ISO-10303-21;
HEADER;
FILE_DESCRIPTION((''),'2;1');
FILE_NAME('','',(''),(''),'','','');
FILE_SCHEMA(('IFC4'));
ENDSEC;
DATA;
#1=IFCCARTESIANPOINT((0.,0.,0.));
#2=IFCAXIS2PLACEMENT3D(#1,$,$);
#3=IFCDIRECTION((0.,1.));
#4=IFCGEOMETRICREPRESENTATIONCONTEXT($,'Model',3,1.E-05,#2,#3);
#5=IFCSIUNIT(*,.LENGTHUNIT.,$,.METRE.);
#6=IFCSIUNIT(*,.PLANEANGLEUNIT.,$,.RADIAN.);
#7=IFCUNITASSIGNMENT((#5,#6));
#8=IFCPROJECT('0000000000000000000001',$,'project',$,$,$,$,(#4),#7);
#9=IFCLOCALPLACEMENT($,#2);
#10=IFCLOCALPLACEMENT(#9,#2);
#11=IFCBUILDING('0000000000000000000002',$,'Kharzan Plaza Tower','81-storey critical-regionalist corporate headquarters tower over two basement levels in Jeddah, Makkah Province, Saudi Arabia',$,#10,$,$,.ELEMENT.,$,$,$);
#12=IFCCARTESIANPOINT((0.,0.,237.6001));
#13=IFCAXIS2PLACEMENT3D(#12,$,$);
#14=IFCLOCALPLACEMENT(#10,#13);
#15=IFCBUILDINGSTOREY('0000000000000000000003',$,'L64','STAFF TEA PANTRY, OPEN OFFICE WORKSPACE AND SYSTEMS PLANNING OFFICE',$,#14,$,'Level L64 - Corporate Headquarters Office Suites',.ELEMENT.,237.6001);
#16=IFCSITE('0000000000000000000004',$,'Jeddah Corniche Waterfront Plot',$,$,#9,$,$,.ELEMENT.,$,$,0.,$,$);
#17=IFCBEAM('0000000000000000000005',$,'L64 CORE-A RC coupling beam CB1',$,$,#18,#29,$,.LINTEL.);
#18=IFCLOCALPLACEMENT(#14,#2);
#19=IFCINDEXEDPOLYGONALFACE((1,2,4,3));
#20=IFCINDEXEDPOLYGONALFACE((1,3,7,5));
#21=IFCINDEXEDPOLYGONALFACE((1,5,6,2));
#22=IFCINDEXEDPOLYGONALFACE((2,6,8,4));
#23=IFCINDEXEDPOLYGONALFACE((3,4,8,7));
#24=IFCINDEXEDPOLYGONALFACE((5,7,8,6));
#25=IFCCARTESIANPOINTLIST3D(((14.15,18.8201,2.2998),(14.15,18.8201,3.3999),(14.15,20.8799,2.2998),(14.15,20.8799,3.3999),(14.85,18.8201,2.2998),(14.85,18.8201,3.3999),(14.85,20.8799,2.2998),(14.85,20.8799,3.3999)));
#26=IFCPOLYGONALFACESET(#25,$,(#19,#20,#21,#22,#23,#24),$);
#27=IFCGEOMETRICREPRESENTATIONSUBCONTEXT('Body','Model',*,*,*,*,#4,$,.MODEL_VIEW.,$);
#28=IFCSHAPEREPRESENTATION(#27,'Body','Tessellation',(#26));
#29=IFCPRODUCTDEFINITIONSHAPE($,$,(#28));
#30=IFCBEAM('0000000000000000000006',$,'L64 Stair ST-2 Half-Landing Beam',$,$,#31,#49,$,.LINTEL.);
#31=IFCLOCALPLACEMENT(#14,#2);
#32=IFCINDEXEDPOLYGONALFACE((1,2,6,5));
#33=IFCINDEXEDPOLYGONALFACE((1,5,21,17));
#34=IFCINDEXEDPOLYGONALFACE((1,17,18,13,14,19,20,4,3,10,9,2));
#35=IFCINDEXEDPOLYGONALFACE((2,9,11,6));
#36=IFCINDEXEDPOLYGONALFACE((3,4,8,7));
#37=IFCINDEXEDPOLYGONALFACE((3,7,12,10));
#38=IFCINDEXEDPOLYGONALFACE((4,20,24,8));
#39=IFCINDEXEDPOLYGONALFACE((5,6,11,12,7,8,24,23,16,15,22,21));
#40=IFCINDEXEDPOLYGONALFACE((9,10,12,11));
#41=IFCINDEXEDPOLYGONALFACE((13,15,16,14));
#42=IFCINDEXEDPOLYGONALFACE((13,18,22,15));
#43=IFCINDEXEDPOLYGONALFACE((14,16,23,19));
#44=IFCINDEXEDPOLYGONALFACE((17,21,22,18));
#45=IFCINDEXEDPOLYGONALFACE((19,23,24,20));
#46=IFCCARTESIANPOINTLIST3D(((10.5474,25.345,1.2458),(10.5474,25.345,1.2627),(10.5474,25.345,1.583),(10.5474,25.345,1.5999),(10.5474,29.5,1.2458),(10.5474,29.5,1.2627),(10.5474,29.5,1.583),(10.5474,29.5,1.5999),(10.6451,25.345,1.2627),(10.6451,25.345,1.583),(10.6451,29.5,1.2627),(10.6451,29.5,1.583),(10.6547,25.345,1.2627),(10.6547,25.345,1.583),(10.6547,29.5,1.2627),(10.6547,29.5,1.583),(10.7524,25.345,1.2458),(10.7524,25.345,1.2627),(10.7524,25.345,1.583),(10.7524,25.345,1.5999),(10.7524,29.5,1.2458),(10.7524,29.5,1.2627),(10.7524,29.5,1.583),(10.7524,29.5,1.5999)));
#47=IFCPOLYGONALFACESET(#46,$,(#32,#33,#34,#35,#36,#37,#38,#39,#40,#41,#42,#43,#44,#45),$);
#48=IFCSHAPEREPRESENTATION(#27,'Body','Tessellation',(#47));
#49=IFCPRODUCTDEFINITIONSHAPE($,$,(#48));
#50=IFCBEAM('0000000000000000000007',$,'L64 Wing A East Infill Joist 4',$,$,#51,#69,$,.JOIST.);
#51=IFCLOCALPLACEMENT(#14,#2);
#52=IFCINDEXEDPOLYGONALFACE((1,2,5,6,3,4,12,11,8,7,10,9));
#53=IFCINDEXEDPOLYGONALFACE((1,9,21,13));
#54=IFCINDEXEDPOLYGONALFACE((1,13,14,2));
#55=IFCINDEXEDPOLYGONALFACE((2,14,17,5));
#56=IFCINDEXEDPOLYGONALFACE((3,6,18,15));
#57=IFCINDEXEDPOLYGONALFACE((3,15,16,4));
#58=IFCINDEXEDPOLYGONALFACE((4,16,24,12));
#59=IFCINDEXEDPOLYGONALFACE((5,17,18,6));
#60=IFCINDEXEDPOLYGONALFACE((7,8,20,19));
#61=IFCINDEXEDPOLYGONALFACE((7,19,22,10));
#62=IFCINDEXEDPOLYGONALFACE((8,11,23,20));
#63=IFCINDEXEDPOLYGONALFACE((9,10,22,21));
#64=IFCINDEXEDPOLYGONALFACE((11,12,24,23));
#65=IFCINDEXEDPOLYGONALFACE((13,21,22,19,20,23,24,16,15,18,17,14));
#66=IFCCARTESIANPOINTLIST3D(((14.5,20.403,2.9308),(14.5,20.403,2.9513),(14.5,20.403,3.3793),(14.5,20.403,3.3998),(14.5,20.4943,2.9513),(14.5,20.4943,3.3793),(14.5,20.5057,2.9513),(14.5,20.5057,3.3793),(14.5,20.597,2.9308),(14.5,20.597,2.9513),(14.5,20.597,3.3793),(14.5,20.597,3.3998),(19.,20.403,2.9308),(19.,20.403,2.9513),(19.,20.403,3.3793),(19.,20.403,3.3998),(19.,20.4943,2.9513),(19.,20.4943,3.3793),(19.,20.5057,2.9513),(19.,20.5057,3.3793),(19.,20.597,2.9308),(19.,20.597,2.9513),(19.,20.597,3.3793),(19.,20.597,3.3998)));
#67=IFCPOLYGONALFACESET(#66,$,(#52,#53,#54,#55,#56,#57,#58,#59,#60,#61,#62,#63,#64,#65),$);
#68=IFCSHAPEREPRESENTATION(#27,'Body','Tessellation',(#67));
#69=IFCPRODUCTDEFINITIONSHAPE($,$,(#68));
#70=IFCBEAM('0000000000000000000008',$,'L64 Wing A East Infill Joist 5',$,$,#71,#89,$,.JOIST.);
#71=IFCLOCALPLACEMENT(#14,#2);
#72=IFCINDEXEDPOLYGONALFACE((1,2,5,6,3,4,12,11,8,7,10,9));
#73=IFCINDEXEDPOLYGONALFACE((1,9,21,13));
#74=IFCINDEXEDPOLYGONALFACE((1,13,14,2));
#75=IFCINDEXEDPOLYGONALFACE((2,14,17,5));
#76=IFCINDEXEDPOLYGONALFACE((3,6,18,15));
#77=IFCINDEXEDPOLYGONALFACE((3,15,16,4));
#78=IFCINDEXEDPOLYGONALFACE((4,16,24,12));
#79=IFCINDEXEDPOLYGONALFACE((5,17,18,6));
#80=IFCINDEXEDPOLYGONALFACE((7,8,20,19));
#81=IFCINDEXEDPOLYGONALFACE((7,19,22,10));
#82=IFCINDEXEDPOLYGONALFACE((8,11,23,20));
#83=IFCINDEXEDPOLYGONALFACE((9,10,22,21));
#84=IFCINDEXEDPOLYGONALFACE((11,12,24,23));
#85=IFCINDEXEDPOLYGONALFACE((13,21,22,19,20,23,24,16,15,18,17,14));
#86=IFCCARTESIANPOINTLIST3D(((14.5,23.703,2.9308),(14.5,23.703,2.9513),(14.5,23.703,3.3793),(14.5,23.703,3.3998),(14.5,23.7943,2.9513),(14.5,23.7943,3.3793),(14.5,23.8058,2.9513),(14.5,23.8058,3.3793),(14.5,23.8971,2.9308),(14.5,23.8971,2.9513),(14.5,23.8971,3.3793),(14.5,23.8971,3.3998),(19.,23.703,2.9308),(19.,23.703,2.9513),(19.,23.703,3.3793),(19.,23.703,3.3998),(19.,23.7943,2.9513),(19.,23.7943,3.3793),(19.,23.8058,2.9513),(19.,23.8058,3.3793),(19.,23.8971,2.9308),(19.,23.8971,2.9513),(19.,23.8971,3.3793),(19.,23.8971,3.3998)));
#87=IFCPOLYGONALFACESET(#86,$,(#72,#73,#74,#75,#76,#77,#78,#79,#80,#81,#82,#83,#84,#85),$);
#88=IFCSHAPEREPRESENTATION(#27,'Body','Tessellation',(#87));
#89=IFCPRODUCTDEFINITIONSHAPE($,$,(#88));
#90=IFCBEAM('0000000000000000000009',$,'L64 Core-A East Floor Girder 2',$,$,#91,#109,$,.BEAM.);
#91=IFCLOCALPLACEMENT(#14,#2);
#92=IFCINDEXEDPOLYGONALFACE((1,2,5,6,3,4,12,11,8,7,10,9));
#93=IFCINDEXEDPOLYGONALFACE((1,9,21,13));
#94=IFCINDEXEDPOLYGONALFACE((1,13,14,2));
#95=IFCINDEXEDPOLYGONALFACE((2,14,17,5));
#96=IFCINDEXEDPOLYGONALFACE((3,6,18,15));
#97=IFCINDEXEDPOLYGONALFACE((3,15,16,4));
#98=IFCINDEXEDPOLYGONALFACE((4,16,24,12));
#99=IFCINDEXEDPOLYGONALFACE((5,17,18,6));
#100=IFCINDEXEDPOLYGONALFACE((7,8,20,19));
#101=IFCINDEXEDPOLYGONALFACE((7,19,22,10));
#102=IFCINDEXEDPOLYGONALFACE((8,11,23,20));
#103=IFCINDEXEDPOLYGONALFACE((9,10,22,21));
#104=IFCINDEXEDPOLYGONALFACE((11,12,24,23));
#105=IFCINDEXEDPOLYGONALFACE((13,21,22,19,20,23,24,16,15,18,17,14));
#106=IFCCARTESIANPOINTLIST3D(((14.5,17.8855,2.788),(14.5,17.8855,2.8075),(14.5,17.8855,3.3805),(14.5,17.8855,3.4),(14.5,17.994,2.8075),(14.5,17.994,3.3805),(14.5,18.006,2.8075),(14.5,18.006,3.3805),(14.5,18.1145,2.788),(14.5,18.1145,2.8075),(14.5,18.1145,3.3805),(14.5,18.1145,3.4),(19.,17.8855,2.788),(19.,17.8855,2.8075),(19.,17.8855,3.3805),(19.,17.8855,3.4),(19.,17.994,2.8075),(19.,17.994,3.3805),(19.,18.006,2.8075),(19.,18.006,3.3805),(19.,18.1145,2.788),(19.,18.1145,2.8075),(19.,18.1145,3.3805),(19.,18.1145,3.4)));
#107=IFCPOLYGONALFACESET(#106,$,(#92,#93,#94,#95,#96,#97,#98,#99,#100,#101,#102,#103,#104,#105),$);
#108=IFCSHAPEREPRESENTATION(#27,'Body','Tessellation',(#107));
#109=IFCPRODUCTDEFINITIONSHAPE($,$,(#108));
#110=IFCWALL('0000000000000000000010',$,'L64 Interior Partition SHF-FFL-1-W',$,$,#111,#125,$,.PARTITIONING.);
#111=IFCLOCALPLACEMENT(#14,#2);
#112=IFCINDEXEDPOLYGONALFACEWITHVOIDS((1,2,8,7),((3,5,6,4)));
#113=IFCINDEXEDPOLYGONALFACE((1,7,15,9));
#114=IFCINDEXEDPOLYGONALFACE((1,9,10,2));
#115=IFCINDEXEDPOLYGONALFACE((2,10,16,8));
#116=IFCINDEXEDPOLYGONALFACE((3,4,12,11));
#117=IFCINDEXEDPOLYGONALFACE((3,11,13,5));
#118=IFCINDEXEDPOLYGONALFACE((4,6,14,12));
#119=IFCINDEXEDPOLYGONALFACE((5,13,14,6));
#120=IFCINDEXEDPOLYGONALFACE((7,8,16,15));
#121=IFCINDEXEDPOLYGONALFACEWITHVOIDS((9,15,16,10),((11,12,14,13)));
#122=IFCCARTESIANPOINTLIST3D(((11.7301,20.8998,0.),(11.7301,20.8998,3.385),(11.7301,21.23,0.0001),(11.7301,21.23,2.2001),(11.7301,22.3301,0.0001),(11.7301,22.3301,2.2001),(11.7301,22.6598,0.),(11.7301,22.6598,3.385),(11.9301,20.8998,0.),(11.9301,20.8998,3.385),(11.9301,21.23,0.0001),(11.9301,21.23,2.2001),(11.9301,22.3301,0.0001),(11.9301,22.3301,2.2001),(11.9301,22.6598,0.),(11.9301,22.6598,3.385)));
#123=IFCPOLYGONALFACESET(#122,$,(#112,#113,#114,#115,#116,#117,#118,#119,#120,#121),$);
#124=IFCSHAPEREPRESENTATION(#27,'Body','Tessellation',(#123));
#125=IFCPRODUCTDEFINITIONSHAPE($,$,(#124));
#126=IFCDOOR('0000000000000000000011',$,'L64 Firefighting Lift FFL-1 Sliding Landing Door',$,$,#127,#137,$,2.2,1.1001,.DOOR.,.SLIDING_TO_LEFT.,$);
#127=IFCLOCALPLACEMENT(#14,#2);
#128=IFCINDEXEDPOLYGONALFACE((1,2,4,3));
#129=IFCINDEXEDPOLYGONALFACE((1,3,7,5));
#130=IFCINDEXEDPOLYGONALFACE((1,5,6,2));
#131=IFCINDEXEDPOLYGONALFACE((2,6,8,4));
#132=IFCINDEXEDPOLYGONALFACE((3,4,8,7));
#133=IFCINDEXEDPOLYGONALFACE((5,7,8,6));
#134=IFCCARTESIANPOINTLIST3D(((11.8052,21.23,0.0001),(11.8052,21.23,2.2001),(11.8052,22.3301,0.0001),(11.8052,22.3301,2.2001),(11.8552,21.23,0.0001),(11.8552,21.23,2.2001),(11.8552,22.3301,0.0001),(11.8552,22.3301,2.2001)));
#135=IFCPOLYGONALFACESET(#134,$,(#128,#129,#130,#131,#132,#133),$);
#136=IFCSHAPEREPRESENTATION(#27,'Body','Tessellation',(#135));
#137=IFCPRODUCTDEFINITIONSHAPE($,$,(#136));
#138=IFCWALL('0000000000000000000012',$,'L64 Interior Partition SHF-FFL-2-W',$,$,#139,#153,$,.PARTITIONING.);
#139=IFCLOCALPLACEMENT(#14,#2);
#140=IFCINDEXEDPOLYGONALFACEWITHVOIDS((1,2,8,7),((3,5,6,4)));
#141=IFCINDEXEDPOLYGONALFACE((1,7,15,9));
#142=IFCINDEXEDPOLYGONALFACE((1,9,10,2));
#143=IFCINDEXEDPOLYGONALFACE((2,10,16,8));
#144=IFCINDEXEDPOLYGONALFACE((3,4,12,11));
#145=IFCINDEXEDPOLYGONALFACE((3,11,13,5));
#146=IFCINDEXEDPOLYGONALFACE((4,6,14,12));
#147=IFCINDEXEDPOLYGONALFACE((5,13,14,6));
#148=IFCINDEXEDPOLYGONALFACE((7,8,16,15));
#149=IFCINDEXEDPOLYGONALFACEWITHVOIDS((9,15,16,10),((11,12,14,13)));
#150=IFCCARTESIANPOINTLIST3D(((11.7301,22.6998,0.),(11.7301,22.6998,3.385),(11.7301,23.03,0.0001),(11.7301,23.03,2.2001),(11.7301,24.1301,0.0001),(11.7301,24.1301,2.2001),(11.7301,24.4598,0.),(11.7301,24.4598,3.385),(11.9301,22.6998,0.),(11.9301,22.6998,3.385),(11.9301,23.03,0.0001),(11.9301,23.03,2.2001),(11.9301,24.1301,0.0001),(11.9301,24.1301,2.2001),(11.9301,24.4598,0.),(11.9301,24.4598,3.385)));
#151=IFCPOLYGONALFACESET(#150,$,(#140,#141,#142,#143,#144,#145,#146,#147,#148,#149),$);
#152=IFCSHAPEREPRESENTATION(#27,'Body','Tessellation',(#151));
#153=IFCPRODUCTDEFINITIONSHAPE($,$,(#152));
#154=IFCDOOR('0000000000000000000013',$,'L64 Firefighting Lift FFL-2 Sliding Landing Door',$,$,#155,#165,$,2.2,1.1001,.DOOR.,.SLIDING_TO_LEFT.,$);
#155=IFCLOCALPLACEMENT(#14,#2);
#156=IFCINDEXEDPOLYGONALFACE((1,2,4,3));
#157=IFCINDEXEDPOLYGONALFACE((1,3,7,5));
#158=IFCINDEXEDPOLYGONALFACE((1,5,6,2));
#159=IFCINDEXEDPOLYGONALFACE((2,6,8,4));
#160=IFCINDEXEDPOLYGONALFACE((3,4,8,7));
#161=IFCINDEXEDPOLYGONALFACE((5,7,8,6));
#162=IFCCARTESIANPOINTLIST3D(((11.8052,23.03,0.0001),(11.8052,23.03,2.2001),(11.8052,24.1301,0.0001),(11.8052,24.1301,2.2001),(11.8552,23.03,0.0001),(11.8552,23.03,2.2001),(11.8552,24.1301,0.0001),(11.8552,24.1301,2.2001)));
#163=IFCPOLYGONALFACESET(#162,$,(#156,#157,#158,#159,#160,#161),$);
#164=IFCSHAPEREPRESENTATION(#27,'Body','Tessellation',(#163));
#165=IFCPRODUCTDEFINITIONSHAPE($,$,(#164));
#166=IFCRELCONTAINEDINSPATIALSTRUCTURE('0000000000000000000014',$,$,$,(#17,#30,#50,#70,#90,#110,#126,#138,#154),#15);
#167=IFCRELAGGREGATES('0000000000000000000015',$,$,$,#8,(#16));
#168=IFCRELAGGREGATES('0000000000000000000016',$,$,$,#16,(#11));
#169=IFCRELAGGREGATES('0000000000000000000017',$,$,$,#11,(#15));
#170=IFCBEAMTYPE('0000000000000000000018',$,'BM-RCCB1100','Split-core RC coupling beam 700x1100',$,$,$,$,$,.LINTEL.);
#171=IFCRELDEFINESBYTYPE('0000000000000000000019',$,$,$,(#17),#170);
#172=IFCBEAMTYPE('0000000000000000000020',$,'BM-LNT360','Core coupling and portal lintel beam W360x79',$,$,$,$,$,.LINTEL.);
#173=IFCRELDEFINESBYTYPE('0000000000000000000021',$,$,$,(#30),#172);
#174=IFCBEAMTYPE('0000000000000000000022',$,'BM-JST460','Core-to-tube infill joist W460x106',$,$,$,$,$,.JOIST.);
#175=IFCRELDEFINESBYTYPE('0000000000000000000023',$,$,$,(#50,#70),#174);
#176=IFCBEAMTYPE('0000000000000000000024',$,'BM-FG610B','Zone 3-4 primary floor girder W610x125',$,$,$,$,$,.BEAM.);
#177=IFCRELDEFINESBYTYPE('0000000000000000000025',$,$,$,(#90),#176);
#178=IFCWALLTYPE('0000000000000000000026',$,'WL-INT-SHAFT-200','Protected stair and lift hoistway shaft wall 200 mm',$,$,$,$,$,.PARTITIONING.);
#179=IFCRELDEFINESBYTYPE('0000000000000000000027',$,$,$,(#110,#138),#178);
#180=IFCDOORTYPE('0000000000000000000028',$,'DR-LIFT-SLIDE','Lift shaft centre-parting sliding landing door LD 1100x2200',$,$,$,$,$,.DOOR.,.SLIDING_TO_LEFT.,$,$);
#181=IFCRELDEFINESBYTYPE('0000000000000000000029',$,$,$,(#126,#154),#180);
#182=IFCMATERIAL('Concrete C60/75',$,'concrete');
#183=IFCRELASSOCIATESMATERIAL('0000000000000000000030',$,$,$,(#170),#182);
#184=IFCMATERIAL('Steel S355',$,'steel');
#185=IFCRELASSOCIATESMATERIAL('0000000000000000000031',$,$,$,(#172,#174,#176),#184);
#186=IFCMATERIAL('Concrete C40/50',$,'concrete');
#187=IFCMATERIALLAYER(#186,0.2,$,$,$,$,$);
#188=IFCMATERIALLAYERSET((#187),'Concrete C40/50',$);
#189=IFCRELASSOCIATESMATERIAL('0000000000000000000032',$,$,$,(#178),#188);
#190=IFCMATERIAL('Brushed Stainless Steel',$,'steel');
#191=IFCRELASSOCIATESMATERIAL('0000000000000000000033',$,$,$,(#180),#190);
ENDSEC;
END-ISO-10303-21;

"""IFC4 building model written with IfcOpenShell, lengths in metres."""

from ifc_helpers import new_model, si_unit, direction, frame, frame_2d, origin, origin_2d, place, context, subcontext, project, spatial, rectangle, i_section, extrude, source, transform, mapped, material, layer, layer_set, material_profile, profile_set, type_object, element, fill, save


model = new_model("IFC4")

# Units and contexts
model_context = context("Model", 3, precision=1e-05, world=origin(), true_north=direction((0.0, 1.0)))
body_context = subcontext(model_context, "Body", "Model", "MODEL_VIEW")
ifc_project = project(units=[si_unit("LENGTHUNIT", "METRE"), si_unit("PLANEANGLEUNIT", "RADIAN")], contexts=[model_context])

# Site, building, storey
site_placement = place(None, origin())
site = spatial("IfcSite", under=ifc_project, at=site_placement, Name="Jeddah Corniche Waterfront Plot", CompositionType="ELEMENT", RefElevation=0.0)
building_placement = place(site_placement, origin())
building = spatial("IfcBuilding", under=site, at=building_placement, Name="Kharzan Plaza Tower", Description="81-storey critical-regionalist corporate headquarters tower over two basement levels in Jeddah, Makkah Province, Saudi Arabia", CompositionType="ELEMENT")
storey_placement = place(building_placement, frame((0.0, 0.0, 237.6001)))
storey = spatial("IfcBuildingStorey", under=building, at=storey_placement, Name="L64", Description="STAFF TEA PANTRY, OPEN OFFICE WORKSPACE AND SYSTEMS PLANNING OFFICE", LongName="Level L64 - Corporate Headquarters Office Suites", CompositionType="ELEMENT", Elevation=237.6001)

# Beams
ifc_material_1 = material(Name="Concrete C60/75", Category="concrete")
ifc_material_profile_1 = material_profile(ifc_material_1, rectangle(XDim=0.7, YDim=1.1001, at=origin_2d()), Name="RC-CB1100x700")
ifc_profile_set_1 = profile_set([ifc_material_profile_1], Name="Concrete C60/75")
beam_type_1 = type_object("IfcBeamType", Name="BM-RCCB1100", Description="Split-core RC coupling beam 700x1100", PredefinedType="LINTEL", material=ifc_profile_set_1)
shared_shape_1 = source(origin(), body_context, "Body", "SweptSolid", [
    extrude(rectangle(XDim=0.7, YDim=1.1001, at=origin_2d()), origin(), (0.0, 0.0, 1.0), 2.0598),
])
beam_1_placement = place(storey_placement, frame((14.5, 18.8201, 2.8499), z_axis=(0.0, 1.0, 0.0), x_axis=(-1.0, 0.0, 0.0)))
element("IfcBeam", 1, at=beam_1_placement, inside=storey, type_object=beam_type_1, Name="L64 CORE-A RC coupling beam CB1", PredefinedType="LINTEL", context=body_context, shape_type="MappedRepresentation", body=[
    mapped(shared_shape_1, transform((0.0, 0.0, 0.0), x_axis=(1.0, 0.0, 0.0), y_axis=(0.0, 1.0, 0.0), z_axis=(0.0, 0.0, 1.0))),
])
ifc_material_2 = material(Name="Steel S355", Category="steel")
ifc_material_profile_2 = material_profile(ifc_material_2, i_section(OverallWidth=0.2051, OverallDepth=0.354, WebThickness=0.0095, FlangeThickness=0.0168, at=origin_2d()), Name="W360x79")
ifc_profile_set_2 = profile_set([ifc_material_profile_2], Name="Steel S355")
beam_type_2 = type_object("IfcBeamType", Name="BM-LNT360", Description="Core coupling and portal lintel beam W360x79", PredefinedType="LINTEL", material=ifc_profile_set_2)
shared_shape_2 = source(origin(), body_context, "Body", "SweptSolid", [
    extrude(i_section(OverallWidth=0.2051, OverallDepth=0.354, WebThickness=0.0095, FlangeThickness=0.0168, at=origin_2d()), origin(), (0.0, 0.0, 1.0), 4.155),
])
beam_2_placement = place(storey_placement, frame((10.6499, 25.345, 1.4229), z_axis=(0.0, 1.0, 0.0), x_axis=(-1.0, 0.0, 0.0)))
element("IfcBeam", 2, at=beam_2_placement, inside=storey, type_object=beam_type_2, Name="L64 Stair ST-2 Half-Landing Beam", PredefinedType="LINTEL", context=body_context, shape_type="MappedRepresentation", body=[
    mapped(shared_shape_2, transform((0.0, 0.0, 0.0), x_axis=(1.0, 0.0, 0.0), y_axis=(0.0, 1.0, 0.0), z_axis=(0.0, 0.0, 1.0))),
])
ifc_material_profile_3 = material_profile(ifc_material_2, i_section(OverallWidth=0.1941, OverallDepth=0.469, WebThickness=0.0115, FlangeThickness=0.0205, at=origin_2d()), Name="W460x106")
ifc_profile_set_3 = profile_set([ifc_material_profile_3], Name="Steel S355")
beam_type_3 = type_object("IfcBeamType", Name="BM-JST460", Description="Core-to-tube infill joist W460x106", PredefinedType="JOIST", material=ifc_profile_set_3)
shared_shape_3 = source(origin(), body_context, "Body", "SweptSolid", [
    extrude(i_section(OverallWidth=0.1941, OverallDepth=0.469, WebThickness=0.0115, FlangeThickness=0.0205, at=origin_2d()), origin(), (0.0, 0.0, 1.0), 4.5),
])
for number, where, z_axis, x_axis, name in (
    (3, (14.5, 20.5, 3.1653), (1.0, 0.0, 0.0), (0.0, 1.0, 0.0), "L64 Wing A East Infill Joist 4"),
    (4, (14.5, 23.8, 3.1653), (1.0, 0.0, 0.0), (0.0, 1.0, 0.0), "L64 Wing A East Infill Joist 5"),
):
    element("IfcBeam", number, at=place(storey_placement, frame(where, z_axis=z_axis, x_axis=x_axis)), inside=storey, type_object=beam_type_3, Name=name, PredefinedType="JOIST", context=body_context, shape_type="MappedRepresentation", body=[
        mapped(shared_shape_3, transform((0.0, 0.0, 0.0), x_axis=(1.0, 0.0, 0.0), y_axis=(0.0, 1.0, 0.0), z_axis=(0.0, 0.0, 1.0))),
    ])
ifc_material_profile_4 = material_profile(ifc_material_2, i_section(OverallWidth=0.229, OverallDepth=0.6121, WebThickness=0.012, FlangeThickness=0.0195, at=origin_2d()), Name="W610x125")
ifc_profile_set_4 = profile_set([ifc_material_profile_4], Name="Steel S355")
beam_type_4 = type_object("IfcBeamType", Name="BM-FG610B", Description="Zone 3-4 primary floor girder W610x125", PredefinedType="BEAM", material=ifc_profile_set_4)
shared_shape_4 = source(origin(), body_context, "Body", "SweptSolid", [
    extrude(i_section(OverallWidth=0.229, OverallDepth=0.6121, WebThickness=0.012, FlangeThickness=0.0195, at=origin_2d()), origin(), (0.0, 0.0, 1.0), 4.5),
])
beam_3_placement = place(storey_placement, frame((14.5, 18.0, 3.094), z_axis=(1.0, 0.0, 0.0), x_axis=(0.0, 1.0, 0.0)))
element("IfcBeam", 5, at=beam_3_placement, inside=storey, type_object=beam_type_4, Name="L64 Core-A East Floor Girder 2", PredefinedType="BEAM", context=body_context, shape_type="MappedRepresentation", body=[
    mapped(shared_shape_4, transform((0.0, 0.0, 0.0), x_axis=(1.0, 0.0, 0.0), y_axis=(0.0, 1.0, 0.0), z_axis=(0.0, 0.0, 1.0))),
])

# Walls, openings, doors
ifc_material_3 = material(Name="Concrete C40/50", Category="concrete")
ifc_layer_1 = layer(ifc_material_3, 0.2)
ifc_layer_set_1 = layer_set([ifc_layer_1], Name="Concrete C40/50")
wall_type_1 = type_object("IfcWallType", Name="WL-INT-SHAFT-200", Description="Protected stair and lift hoistway shaft wall 200 mm", PredefinedType="PARTITIONING", material=ifc_layer_set_1)
wall_1_placement = place(storey_placement, frame((11.8301, 20.8999, 0.0), z_axis=(0.0, 0.0, 1.0), x_axis=(0.0, 1.0, 0.0)))
wall_1 = element("IfcWall", 6, at=wall_1_placement, inside=storey, type_object=wall_type_1, Name="L64 Interior Partition SHF-FFL-1-W", PredefinedType="PARTITIONING", context=body_context, shape_type="SweptSolid", body=[
    extrude(rectangle(XDim=1.76, YDim=0.2, at=frame_2d((0.8799, 0.0))), origin(), (0.0, 0.0, 1.0), 3.385),
])
opening_1_placement = place(wall_1_placement, frame((0.3301, 0.0, 0.0)))
opening_1 = element("IfcOpeningElement", 7, at=opening_1_placement, cuts=wall_1, PredefinedType="OPENING", context=body_context, shape_type="SweptSolid", body=[
    extrude(rectangle(XDim=1.1001, YDim=2.2, at=frame_2d((0.55, 1.1001))), frame((0.0, 0.1099, 0.0), z_axis=(0.0, -1.0, 0.0), x_axis=(1.0, 0.0, 0.0)), (0.0, 0.0, 1.0), 0.22),
])
ifc_material_4 = material(Name="Brushed Stainless Steel", Category="steel")
door_type_1 = type_object("IfcDoorType", Name="DR-LIFT-SLIDE", Description="Lift shaft centre-parting sliding landing door LD 1100x2200", OperationType="SLIDING_TO_LEFT", PredefinedType="DOOR", material=ifc_material_4)
shared_shape_5 = source(origin(), body_context, "Body", "SweptSolid", [
    extrude(rectangle(XDim=1.1001, YDim=2.2, at=frame_2d((0.55, 1.1001))), frame((0.0, 0.0249, 0.0), z_axis=(0.0, -1.0, 0.0), x_axis=(1.0, 0.0, 0.0)), (0.0, 0.0, 1.0), 0.05),
])
door_1_placement = place(opening_1_placement, origin())
door_1 = element("IfcDoor", 8, at=door_1_placement, inside=storey, type_object=door_type_1, Name="L64 Firefighting Lift FFL-1 Sliding Landing Door", OperationType="SLIDING_TO_LEFT", OverallHeight=2.2, OverallWidth=1.1001, PredefinedType="DOOR", context=body_context, shape_type="MappedRepresentation", body=[
    mapped(shared_shape_5, transform((0.0, 0.0, 0.0), x_axis=(1.0, 0.0, 0.0), y_axis=(0.0, 1.0, 0.0), z_axis=(0.0, 0.0, 1.0))),
])
fill(opening_1, door_1)
wall_2_placement = place(storey_placement, frame((11.8301, 22.7, 0.0), z_axis=(0.0, 0.0, 1.0), x_axis=(0.0, 1.0, 0.0)))
wall_2 = element("IfcWall", 9, at=wall_2_placement, inside=storey, type_object=wall_type_1, Name="L64 Interior Partition SHF-FFL-2-W", PredefinedType="PARTITIONING", context=body_context, shape_type="SweptSolid", body=[
    extrude(rectangle(XDim=1.76, YDim=0.2, at=frame_2d((0.8799, 0.0))), origin(), (0.0, 0.0, 1.0), 3.385),
])
opening_2_placement = place(wall_2_placement, frame((0.3301, 0.0, 0.0)))
opening_2 = element("IfcOpeningElement", 10, at=opening_2_placement, cuts=wall_2, PredefinedType="OPENING", context=body_context, shape_type="SweptSolid", body=[
    extrude(rectangle(XDim=1.1001, YDim=2.2, at=frame_2d((0.55, 1.1001))), frame((0.0, 0.1099, 0.0), z_axis=(0.0, -1.0, 0.0), x_axis=(1.0, 0.0, 0.0)), (0.0, 0.0, 1.0), 0.22),
])
door_2_placement = place(opening_2_placement, origin())
door_2 = element("IfcDoor", 11, at=door_2_placement, inside=storey, type_object=door_type_1, Name="L64 Firefighting Lift FFL-2 Sliding Landing Door", OperationType="SLIDING_TO_LEFT", OverallHeight=2.2, OverallWidth=1.1001, PredefinedType="DOOR", context=body_context, shape_type="MappedRepresentation", body=[
    mapped(shared_shape_5, transform((0.0, 0.0, 0.0), x_axis=(1.0, 0.0, 0.0), y_axis=(0.0, 1.0, 0.0), z_axis=(0.0, 0.0, 1.0))),
])
fill(opening_2, door_2)

save(model, "model.ifc")
